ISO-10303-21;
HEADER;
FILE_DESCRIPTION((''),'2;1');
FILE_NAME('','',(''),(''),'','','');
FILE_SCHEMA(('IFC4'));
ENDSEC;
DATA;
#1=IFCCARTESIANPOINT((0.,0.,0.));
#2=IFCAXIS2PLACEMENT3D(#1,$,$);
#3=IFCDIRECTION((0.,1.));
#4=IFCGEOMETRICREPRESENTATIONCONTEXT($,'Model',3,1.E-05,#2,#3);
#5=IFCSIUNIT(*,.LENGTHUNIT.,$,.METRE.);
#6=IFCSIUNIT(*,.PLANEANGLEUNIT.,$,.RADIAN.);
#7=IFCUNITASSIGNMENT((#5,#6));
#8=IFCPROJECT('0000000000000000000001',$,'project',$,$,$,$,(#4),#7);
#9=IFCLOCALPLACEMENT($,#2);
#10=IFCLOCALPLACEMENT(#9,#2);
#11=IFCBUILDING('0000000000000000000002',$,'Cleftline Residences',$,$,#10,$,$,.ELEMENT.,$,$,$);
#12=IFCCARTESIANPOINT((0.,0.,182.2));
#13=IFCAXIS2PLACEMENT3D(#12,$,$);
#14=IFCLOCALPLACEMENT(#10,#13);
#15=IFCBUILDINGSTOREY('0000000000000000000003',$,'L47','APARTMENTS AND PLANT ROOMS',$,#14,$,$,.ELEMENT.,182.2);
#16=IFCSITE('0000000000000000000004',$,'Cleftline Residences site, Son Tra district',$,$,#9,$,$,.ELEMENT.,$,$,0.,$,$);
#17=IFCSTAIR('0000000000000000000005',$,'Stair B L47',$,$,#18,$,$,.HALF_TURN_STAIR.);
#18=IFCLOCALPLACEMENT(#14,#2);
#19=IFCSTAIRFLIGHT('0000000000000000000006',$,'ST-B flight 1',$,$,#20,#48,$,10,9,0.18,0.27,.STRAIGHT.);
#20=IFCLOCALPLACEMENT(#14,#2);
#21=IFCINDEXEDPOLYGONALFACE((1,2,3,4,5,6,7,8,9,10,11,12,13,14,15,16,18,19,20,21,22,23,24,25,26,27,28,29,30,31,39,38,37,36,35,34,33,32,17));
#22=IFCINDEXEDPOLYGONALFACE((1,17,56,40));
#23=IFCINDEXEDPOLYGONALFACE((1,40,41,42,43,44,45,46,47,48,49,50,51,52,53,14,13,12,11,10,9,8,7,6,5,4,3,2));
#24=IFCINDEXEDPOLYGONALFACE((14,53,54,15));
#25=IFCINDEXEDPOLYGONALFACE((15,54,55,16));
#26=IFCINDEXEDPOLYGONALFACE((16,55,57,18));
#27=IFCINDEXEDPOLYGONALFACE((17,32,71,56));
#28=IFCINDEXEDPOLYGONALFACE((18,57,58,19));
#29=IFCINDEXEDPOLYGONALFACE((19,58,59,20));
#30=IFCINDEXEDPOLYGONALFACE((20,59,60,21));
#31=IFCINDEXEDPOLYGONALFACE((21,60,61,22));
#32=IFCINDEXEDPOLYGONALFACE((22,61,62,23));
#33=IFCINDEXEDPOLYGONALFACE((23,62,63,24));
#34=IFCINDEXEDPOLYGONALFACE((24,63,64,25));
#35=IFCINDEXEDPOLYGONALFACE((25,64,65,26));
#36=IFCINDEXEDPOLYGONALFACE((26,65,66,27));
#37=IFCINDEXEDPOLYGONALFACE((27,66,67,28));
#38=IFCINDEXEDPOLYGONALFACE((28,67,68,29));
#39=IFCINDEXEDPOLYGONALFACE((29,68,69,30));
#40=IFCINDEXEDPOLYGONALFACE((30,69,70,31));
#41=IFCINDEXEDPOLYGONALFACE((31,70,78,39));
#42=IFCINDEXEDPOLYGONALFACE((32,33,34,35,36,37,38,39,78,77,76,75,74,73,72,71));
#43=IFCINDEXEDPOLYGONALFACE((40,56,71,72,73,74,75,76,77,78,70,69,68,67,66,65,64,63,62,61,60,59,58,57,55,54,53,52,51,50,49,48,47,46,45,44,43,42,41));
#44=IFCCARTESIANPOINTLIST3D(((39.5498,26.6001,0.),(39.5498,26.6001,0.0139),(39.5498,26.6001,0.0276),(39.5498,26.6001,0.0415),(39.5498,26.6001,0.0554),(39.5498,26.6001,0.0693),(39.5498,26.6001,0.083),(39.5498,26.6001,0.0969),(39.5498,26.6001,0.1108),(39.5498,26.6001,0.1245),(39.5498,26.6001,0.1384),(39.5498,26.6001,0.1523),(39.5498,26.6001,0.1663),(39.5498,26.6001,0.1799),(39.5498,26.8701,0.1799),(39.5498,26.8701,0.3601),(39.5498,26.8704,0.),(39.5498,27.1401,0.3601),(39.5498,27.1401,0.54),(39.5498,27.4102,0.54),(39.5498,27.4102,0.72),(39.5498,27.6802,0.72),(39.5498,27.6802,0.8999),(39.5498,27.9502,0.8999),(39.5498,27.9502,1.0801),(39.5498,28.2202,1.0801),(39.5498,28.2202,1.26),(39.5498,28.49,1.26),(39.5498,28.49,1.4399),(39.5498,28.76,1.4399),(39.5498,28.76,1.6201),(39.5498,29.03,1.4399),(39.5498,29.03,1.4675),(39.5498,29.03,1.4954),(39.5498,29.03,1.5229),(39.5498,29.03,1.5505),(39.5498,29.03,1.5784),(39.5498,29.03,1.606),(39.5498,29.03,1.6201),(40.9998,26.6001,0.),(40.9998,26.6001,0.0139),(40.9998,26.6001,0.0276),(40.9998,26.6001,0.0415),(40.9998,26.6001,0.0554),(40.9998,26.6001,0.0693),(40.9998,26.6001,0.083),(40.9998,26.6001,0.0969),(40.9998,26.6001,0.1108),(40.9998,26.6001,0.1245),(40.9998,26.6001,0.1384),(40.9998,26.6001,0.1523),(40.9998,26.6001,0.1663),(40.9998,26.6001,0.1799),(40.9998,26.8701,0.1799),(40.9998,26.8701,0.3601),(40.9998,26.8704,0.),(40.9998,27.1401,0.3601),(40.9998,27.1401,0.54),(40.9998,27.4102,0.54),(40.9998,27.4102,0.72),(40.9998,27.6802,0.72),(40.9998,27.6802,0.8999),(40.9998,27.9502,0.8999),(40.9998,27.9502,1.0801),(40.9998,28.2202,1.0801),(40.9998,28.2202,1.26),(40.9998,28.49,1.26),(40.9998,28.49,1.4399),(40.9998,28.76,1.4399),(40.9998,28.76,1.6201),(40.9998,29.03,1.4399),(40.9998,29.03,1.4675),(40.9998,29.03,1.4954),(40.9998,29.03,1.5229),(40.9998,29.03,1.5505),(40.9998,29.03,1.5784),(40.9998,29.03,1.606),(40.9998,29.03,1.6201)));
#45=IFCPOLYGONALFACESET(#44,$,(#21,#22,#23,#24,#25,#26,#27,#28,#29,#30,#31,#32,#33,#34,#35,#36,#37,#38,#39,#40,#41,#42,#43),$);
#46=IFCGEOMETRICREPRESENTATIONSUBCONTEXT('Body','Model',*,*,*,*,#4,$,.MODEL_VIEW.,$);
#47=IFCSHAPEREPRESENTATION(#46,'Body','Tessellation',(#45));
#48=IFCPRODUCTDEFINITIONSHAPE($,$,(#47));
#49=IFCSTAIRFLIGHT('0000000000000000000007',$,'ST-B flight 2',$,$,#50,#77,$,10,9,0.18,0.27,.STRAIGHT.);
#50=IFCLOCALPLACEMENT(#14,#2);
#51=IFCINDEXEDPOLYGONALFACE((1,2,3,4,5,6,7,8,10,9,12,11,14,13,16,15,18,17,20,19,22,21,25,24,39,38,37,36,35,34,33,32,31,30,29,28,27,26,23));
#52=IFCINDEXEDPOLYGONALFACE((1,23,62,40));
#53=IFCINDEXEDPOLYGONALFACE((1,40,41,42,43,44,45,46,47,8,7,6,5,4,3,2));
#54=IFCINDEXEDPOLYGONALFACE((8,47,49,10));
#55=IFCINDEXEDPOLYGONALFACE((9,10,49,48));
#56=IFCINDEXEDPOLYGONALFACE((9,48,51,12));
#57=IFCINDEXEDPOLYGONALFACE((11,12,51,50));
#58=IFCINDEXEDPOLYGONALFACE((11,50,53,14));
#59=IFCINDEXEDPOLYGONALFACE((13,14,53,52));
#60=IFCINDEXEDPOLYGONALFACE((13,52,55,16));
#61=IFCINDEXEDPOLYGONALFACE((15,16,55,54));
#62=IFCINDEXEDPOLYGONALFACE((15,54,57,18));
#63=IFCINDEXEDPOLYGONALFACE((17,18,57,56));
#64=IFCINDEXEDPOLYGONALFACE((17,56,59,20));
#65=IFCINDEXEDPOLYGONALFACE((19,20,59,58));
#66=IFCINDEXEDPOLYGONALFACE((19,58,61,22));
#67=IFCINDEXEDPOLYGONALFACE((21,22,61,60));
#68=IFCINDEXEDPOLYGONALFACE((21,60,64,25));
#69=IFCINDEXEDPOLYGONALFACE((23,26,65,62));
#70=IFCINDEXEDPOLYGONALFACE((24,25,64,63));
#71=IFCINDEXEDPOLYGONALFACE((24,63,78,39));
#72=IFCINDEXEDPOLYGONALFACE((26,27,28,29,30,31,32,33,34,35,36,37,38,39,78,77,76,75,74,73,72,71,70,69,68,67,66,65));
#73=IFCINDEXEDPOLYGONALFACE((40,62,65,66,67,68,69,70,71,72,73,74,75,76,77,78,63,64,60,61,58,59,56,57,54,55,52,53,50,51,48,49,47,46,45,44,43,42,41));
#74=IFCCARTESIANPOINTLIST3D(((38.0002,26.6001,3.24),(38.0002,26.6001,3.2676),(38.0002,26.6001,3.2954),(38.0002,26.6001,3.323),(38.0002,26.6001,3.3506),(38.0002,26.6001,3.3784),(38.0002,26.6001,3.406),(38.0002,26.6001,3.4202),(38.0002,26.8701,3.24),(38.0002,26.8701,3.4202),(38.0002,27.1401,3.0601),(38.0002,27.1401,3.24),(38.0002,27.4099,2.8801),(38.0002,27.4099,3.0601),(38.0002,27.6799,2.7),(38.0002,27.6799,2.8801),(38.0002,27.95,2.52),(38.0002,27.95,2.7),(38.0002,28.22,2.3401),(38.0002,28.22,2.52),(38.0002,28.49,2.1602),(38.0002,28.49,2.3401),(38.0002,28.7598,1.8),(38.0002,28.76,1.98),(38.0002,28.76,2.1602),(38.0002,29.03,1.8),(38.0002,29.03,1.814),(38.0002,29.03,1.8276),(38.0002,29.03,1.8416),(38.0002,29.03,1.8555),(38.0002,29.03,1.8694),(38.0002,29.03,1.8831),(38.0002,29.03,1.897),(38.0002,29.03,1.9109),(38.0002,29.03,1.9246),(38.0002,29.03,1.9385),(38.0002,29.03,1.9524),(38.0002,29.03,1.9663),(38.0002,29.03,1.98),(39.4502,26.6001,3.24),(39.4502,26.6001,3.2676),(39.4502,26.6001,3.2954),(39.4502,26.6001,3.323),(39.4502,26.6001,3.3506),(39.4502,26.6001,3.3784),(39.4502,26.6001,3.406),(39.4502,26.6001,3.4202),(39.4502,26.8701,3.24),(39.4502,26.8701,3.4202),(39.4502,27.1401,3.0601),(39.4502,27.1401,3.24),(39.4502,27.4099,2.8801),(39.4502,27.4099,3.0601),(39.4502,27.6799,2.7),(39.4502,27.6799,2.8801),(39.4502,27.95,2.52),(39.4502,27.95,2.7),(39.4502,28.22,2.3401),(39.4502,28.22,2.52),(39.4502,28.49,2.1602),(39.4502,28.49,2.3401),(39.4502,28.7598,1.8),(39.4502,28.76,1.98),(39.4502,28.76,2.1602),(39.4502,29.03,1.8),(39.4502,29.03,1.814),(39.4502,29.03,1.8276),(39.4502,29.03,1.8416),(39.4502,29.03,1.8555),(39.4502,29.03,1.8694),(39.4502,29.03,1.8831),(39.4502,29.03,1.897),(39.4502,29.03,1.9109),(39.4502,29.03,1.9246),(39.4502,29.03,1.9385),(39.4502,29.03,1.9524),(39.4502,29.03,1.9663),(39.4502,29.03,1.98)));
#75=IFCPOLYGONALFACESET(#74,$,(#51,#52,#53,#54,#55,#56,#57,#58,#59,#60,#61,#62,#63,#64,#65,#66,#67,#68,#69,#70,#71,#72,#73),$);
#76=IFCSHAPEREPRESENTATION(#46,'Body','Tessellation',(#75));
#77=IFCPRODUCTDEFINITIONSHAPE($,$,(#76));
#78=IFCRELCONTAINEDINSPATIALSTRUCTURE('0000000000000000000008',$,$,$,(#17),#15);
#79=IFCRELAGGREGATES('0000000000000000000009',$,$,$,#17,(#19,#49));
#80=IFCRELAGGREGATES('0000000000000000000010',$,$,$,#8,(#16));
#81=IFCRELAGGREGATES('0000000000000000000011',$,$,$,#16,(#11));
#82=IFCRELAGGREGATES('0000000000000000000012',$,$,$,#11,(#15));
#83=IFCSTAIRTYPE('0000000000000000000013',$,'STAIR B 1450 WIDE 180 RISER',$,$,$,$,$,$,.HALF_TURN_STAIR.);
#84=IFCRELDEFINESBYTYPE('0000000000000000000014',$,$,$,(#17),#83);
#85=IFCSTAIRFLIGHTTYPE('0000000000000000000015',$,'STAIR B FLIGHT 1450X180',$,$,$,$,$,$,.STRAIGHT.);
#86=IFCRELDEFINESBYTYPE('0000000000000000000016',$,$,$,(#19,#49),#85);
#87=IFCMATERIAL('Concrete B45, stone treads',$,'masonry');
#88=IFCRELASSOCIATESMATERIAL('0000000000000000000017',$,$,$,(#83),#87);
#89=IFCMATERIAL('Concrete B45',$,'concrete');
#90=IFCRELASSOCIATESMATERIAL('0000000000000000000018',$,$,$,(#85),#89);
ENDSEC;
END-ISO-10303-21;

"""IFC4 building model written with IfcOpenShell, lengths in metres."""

from ifc_helpers import new_model, si_unit, direction, frame, origin, place, context, subcontext, project, spatial, polyline, outline, extrude, material, type_object, element, aggregate, save


model = new_model("IFC4")

# Units and contexts
model_context = context("Model", 3, precision=1e-05, world=origin(), true_north=direction((0.0, 1.0)))
body_context = subcontext(model_context, "Body", "Model", "MODEL_VIEW")
ifc_project = project(units=[si_unit("LENGTHUNIT", "METRE"), si_unit("PLANEANGLEUNIT", "RADIAN")], contexts=[model_context])

# Site, building, storey
site_placement = place(None, origin())
site = spatial("IfcSite", under=ifc_project, at=site_placement, Name="Cleftline Residences site, Son Tra district", CompositionType="ELEMENT", RefElevation=0.0)
building_placement = place(site_placement, origin())
building = spatial("IfcBuilding", under=site, at=building_placement, Name="Cleftline Residences", CompositionType="ELEMENT")
storey_placement = place(building_placement, frame((0.0, 0.0, 182.2)))
storey = spatial("IfcBuildingStorey", under=building, at=storey_placement, Name="L47", Description="APARTMENTS AND PLANT ROOMS", CompositionType="ELEMENT", Elevation=182.2)

# Stair, stair flights
ifc_material_1 = material(Name="Concrete B45, stone treads", Category="masonry")
stair_type = type_object("IfcStairType", Name="STAIR B 1450 WIDE 180 RISER", PredefinedType="HALF_TURN_STAIR", material=ifc_material_1)
stair_placement = place(storey_placement, origin())
stair = element("IfcStair", 1, at=stair_placement, inside=storey, type_object=stair_type, Name="Stair B L47", PredefinedType="HALF_TURN_STAIR")
ifc_material_2 = material(Name="Concrete B45", Category="concrete")
stair_flight_type = type_object("IfcStairFlightType", Name="STAIR B FLIGHT 1450X180", PredefinedType="STRAIGHT", material=ifc_material_2)
stair_flight_1_placement = place(storey_placement, frame((40.2749, 26.6001, 0.0), z_axis=(0.0, 0.0, 1.0), x_axis=(0.0, 1.0, 0.0)))
stair_flight_1 = element("IfcStairFlight", 2, at=stair_flight_1_placement, type_object=stair_flight_type, Name="ST-B flight 1", NumberOfRisers=10, NumberOfTreads=9, PredefinedType="STRAIGHT", RiserHeight=0.18, TreadLength=0.27, context=body_context, shape_type="SweptSolid", body=[
    extrude(outline(polyline([(0.0, 0.0), (0.0, 0.0139), (0.0, 0.0276), (0.0, 0.0415), (0.0, 0.0554), (0.0, 0.0693), (0.0, 0.083), (0.0, 0.0969), (0.0, 0.1108), (0.0, 0.1245), (0.0, 0.1384), (0.0, 0.1523), (0.0, 0.1663), (0.0, 0.1799), (0.27, 0.1799), (0.27, 0.3601), (0.54, 0.3601), (0.54, 0.54), (0.8101, 0.54), (0.8101, 0.72), (1.0801, 0.72), (1.0801, 0.8999), (1.3501, 0.8999), (1.3501, 1.0801), (1.6201, 1.0801), (1.6201, 1.26), (1.8899, 1.26), (1.8899, 1.4399), (2.1599, 1.4399), (2.1599, 1.6201), (2.4299, 1.6201), (2.4299, 1.8), (2.4299, 1.7722), (2.4299, 1.7446), (2.4299, 1.7168), (2.4299, 1.6892), (2.4299, 1.6614), (2.4299, 1.6338), (2.4299, 1.606), (2.4299, 1.5784), (2.4299, 1.5505), (2.4299, 1.5229), (2.4299, 1.4954), (2.4299, 1.4675), (2.4299, 1.4399), (0.2703, 0.0), (0.0, 0.0)])), frame((0.0, 0.7251, 0.0), z_axis=(0.0, -1.0, 0.0), x_axis=(1.0, 0.0, 0.0)), (0.0, 0.0, 1.0), 1.45),
])
stair_flight_2_placement = place(storey_placement, frame((38.7251, 29.03, 1.8), z_axis=(0.0, 0.0, 1.0), x_axis=(0.0, -1.0, 0.0)))
stair_flight_2 = element("IfcStairFlight", 3, at=stair_flight_2_placement, type_object=stair_flight_type, Name="ST-B flight 2", NumberOfRisers=10, NumberOfTreads=9, PredefinedType="STRAIGHT", RiserHeight=0.18, TreadLength=0.27, context=body_context, shape_type="SweptSolid", body=[
    extrude(outline(polyline([(0.0, 0.0), (0.0, 0.0139), (0.0, 0.0276), (0.0, 0.0415), (0.0, 0.0554), (0.0, 0.0693), (0.0, 0.083), (0.0, 0.0969), (0.0, 0.1108), (0.0, 0.1245), (0.0, 0.1384), (0.0, 0.1523), (0.0, 0.1663), (0.0, 0.1799), (0.27, 0.1799), (0.27, 0.3601), (0.54, 0.3601), (0.54, 0.54), (0.8101, 0.54), (0.8101, 0.72), (1.0801, 0.72), (1.0801, 0.8999), (1.3501, 0.8999), (1.3501, 1.0801), (1.6201, 1.0801), (1.6201, 1.26), (1.8899, 1.26), (1.8899, 1.4399), (2.1599, 1.4399), (2.1599, 1.6201), (2.4299, 1.6201), (2.4299, 1.8), (2.4299, 1.7722), (2.4299, 1.7446), (2.4299, 1.7168), (2.4299, 1.6892), (2.4299, 1.6614), (2.4299, 1.6338), (2.4299, 1.606), (2.4299, 1.5784), (2.4299, 1.5505), (2.4299, 1.5229), (2.4299, 1.4954), (2.4299, 1.4675), (2.4299, 1.4399), (0.2703, 0.0), (0.0, 0.0)])), frame((0.0, 0.7251, 0.0), z_axis=(0.0, -1.0, 0.0), x_axis=(1.0, 0.0, 0.0)), (0.0, 0.0, 1.0), 1.45),
])
aggregate(stair, [stair_flight_1, stair_flight_2])

save(model, "model.ifc")
